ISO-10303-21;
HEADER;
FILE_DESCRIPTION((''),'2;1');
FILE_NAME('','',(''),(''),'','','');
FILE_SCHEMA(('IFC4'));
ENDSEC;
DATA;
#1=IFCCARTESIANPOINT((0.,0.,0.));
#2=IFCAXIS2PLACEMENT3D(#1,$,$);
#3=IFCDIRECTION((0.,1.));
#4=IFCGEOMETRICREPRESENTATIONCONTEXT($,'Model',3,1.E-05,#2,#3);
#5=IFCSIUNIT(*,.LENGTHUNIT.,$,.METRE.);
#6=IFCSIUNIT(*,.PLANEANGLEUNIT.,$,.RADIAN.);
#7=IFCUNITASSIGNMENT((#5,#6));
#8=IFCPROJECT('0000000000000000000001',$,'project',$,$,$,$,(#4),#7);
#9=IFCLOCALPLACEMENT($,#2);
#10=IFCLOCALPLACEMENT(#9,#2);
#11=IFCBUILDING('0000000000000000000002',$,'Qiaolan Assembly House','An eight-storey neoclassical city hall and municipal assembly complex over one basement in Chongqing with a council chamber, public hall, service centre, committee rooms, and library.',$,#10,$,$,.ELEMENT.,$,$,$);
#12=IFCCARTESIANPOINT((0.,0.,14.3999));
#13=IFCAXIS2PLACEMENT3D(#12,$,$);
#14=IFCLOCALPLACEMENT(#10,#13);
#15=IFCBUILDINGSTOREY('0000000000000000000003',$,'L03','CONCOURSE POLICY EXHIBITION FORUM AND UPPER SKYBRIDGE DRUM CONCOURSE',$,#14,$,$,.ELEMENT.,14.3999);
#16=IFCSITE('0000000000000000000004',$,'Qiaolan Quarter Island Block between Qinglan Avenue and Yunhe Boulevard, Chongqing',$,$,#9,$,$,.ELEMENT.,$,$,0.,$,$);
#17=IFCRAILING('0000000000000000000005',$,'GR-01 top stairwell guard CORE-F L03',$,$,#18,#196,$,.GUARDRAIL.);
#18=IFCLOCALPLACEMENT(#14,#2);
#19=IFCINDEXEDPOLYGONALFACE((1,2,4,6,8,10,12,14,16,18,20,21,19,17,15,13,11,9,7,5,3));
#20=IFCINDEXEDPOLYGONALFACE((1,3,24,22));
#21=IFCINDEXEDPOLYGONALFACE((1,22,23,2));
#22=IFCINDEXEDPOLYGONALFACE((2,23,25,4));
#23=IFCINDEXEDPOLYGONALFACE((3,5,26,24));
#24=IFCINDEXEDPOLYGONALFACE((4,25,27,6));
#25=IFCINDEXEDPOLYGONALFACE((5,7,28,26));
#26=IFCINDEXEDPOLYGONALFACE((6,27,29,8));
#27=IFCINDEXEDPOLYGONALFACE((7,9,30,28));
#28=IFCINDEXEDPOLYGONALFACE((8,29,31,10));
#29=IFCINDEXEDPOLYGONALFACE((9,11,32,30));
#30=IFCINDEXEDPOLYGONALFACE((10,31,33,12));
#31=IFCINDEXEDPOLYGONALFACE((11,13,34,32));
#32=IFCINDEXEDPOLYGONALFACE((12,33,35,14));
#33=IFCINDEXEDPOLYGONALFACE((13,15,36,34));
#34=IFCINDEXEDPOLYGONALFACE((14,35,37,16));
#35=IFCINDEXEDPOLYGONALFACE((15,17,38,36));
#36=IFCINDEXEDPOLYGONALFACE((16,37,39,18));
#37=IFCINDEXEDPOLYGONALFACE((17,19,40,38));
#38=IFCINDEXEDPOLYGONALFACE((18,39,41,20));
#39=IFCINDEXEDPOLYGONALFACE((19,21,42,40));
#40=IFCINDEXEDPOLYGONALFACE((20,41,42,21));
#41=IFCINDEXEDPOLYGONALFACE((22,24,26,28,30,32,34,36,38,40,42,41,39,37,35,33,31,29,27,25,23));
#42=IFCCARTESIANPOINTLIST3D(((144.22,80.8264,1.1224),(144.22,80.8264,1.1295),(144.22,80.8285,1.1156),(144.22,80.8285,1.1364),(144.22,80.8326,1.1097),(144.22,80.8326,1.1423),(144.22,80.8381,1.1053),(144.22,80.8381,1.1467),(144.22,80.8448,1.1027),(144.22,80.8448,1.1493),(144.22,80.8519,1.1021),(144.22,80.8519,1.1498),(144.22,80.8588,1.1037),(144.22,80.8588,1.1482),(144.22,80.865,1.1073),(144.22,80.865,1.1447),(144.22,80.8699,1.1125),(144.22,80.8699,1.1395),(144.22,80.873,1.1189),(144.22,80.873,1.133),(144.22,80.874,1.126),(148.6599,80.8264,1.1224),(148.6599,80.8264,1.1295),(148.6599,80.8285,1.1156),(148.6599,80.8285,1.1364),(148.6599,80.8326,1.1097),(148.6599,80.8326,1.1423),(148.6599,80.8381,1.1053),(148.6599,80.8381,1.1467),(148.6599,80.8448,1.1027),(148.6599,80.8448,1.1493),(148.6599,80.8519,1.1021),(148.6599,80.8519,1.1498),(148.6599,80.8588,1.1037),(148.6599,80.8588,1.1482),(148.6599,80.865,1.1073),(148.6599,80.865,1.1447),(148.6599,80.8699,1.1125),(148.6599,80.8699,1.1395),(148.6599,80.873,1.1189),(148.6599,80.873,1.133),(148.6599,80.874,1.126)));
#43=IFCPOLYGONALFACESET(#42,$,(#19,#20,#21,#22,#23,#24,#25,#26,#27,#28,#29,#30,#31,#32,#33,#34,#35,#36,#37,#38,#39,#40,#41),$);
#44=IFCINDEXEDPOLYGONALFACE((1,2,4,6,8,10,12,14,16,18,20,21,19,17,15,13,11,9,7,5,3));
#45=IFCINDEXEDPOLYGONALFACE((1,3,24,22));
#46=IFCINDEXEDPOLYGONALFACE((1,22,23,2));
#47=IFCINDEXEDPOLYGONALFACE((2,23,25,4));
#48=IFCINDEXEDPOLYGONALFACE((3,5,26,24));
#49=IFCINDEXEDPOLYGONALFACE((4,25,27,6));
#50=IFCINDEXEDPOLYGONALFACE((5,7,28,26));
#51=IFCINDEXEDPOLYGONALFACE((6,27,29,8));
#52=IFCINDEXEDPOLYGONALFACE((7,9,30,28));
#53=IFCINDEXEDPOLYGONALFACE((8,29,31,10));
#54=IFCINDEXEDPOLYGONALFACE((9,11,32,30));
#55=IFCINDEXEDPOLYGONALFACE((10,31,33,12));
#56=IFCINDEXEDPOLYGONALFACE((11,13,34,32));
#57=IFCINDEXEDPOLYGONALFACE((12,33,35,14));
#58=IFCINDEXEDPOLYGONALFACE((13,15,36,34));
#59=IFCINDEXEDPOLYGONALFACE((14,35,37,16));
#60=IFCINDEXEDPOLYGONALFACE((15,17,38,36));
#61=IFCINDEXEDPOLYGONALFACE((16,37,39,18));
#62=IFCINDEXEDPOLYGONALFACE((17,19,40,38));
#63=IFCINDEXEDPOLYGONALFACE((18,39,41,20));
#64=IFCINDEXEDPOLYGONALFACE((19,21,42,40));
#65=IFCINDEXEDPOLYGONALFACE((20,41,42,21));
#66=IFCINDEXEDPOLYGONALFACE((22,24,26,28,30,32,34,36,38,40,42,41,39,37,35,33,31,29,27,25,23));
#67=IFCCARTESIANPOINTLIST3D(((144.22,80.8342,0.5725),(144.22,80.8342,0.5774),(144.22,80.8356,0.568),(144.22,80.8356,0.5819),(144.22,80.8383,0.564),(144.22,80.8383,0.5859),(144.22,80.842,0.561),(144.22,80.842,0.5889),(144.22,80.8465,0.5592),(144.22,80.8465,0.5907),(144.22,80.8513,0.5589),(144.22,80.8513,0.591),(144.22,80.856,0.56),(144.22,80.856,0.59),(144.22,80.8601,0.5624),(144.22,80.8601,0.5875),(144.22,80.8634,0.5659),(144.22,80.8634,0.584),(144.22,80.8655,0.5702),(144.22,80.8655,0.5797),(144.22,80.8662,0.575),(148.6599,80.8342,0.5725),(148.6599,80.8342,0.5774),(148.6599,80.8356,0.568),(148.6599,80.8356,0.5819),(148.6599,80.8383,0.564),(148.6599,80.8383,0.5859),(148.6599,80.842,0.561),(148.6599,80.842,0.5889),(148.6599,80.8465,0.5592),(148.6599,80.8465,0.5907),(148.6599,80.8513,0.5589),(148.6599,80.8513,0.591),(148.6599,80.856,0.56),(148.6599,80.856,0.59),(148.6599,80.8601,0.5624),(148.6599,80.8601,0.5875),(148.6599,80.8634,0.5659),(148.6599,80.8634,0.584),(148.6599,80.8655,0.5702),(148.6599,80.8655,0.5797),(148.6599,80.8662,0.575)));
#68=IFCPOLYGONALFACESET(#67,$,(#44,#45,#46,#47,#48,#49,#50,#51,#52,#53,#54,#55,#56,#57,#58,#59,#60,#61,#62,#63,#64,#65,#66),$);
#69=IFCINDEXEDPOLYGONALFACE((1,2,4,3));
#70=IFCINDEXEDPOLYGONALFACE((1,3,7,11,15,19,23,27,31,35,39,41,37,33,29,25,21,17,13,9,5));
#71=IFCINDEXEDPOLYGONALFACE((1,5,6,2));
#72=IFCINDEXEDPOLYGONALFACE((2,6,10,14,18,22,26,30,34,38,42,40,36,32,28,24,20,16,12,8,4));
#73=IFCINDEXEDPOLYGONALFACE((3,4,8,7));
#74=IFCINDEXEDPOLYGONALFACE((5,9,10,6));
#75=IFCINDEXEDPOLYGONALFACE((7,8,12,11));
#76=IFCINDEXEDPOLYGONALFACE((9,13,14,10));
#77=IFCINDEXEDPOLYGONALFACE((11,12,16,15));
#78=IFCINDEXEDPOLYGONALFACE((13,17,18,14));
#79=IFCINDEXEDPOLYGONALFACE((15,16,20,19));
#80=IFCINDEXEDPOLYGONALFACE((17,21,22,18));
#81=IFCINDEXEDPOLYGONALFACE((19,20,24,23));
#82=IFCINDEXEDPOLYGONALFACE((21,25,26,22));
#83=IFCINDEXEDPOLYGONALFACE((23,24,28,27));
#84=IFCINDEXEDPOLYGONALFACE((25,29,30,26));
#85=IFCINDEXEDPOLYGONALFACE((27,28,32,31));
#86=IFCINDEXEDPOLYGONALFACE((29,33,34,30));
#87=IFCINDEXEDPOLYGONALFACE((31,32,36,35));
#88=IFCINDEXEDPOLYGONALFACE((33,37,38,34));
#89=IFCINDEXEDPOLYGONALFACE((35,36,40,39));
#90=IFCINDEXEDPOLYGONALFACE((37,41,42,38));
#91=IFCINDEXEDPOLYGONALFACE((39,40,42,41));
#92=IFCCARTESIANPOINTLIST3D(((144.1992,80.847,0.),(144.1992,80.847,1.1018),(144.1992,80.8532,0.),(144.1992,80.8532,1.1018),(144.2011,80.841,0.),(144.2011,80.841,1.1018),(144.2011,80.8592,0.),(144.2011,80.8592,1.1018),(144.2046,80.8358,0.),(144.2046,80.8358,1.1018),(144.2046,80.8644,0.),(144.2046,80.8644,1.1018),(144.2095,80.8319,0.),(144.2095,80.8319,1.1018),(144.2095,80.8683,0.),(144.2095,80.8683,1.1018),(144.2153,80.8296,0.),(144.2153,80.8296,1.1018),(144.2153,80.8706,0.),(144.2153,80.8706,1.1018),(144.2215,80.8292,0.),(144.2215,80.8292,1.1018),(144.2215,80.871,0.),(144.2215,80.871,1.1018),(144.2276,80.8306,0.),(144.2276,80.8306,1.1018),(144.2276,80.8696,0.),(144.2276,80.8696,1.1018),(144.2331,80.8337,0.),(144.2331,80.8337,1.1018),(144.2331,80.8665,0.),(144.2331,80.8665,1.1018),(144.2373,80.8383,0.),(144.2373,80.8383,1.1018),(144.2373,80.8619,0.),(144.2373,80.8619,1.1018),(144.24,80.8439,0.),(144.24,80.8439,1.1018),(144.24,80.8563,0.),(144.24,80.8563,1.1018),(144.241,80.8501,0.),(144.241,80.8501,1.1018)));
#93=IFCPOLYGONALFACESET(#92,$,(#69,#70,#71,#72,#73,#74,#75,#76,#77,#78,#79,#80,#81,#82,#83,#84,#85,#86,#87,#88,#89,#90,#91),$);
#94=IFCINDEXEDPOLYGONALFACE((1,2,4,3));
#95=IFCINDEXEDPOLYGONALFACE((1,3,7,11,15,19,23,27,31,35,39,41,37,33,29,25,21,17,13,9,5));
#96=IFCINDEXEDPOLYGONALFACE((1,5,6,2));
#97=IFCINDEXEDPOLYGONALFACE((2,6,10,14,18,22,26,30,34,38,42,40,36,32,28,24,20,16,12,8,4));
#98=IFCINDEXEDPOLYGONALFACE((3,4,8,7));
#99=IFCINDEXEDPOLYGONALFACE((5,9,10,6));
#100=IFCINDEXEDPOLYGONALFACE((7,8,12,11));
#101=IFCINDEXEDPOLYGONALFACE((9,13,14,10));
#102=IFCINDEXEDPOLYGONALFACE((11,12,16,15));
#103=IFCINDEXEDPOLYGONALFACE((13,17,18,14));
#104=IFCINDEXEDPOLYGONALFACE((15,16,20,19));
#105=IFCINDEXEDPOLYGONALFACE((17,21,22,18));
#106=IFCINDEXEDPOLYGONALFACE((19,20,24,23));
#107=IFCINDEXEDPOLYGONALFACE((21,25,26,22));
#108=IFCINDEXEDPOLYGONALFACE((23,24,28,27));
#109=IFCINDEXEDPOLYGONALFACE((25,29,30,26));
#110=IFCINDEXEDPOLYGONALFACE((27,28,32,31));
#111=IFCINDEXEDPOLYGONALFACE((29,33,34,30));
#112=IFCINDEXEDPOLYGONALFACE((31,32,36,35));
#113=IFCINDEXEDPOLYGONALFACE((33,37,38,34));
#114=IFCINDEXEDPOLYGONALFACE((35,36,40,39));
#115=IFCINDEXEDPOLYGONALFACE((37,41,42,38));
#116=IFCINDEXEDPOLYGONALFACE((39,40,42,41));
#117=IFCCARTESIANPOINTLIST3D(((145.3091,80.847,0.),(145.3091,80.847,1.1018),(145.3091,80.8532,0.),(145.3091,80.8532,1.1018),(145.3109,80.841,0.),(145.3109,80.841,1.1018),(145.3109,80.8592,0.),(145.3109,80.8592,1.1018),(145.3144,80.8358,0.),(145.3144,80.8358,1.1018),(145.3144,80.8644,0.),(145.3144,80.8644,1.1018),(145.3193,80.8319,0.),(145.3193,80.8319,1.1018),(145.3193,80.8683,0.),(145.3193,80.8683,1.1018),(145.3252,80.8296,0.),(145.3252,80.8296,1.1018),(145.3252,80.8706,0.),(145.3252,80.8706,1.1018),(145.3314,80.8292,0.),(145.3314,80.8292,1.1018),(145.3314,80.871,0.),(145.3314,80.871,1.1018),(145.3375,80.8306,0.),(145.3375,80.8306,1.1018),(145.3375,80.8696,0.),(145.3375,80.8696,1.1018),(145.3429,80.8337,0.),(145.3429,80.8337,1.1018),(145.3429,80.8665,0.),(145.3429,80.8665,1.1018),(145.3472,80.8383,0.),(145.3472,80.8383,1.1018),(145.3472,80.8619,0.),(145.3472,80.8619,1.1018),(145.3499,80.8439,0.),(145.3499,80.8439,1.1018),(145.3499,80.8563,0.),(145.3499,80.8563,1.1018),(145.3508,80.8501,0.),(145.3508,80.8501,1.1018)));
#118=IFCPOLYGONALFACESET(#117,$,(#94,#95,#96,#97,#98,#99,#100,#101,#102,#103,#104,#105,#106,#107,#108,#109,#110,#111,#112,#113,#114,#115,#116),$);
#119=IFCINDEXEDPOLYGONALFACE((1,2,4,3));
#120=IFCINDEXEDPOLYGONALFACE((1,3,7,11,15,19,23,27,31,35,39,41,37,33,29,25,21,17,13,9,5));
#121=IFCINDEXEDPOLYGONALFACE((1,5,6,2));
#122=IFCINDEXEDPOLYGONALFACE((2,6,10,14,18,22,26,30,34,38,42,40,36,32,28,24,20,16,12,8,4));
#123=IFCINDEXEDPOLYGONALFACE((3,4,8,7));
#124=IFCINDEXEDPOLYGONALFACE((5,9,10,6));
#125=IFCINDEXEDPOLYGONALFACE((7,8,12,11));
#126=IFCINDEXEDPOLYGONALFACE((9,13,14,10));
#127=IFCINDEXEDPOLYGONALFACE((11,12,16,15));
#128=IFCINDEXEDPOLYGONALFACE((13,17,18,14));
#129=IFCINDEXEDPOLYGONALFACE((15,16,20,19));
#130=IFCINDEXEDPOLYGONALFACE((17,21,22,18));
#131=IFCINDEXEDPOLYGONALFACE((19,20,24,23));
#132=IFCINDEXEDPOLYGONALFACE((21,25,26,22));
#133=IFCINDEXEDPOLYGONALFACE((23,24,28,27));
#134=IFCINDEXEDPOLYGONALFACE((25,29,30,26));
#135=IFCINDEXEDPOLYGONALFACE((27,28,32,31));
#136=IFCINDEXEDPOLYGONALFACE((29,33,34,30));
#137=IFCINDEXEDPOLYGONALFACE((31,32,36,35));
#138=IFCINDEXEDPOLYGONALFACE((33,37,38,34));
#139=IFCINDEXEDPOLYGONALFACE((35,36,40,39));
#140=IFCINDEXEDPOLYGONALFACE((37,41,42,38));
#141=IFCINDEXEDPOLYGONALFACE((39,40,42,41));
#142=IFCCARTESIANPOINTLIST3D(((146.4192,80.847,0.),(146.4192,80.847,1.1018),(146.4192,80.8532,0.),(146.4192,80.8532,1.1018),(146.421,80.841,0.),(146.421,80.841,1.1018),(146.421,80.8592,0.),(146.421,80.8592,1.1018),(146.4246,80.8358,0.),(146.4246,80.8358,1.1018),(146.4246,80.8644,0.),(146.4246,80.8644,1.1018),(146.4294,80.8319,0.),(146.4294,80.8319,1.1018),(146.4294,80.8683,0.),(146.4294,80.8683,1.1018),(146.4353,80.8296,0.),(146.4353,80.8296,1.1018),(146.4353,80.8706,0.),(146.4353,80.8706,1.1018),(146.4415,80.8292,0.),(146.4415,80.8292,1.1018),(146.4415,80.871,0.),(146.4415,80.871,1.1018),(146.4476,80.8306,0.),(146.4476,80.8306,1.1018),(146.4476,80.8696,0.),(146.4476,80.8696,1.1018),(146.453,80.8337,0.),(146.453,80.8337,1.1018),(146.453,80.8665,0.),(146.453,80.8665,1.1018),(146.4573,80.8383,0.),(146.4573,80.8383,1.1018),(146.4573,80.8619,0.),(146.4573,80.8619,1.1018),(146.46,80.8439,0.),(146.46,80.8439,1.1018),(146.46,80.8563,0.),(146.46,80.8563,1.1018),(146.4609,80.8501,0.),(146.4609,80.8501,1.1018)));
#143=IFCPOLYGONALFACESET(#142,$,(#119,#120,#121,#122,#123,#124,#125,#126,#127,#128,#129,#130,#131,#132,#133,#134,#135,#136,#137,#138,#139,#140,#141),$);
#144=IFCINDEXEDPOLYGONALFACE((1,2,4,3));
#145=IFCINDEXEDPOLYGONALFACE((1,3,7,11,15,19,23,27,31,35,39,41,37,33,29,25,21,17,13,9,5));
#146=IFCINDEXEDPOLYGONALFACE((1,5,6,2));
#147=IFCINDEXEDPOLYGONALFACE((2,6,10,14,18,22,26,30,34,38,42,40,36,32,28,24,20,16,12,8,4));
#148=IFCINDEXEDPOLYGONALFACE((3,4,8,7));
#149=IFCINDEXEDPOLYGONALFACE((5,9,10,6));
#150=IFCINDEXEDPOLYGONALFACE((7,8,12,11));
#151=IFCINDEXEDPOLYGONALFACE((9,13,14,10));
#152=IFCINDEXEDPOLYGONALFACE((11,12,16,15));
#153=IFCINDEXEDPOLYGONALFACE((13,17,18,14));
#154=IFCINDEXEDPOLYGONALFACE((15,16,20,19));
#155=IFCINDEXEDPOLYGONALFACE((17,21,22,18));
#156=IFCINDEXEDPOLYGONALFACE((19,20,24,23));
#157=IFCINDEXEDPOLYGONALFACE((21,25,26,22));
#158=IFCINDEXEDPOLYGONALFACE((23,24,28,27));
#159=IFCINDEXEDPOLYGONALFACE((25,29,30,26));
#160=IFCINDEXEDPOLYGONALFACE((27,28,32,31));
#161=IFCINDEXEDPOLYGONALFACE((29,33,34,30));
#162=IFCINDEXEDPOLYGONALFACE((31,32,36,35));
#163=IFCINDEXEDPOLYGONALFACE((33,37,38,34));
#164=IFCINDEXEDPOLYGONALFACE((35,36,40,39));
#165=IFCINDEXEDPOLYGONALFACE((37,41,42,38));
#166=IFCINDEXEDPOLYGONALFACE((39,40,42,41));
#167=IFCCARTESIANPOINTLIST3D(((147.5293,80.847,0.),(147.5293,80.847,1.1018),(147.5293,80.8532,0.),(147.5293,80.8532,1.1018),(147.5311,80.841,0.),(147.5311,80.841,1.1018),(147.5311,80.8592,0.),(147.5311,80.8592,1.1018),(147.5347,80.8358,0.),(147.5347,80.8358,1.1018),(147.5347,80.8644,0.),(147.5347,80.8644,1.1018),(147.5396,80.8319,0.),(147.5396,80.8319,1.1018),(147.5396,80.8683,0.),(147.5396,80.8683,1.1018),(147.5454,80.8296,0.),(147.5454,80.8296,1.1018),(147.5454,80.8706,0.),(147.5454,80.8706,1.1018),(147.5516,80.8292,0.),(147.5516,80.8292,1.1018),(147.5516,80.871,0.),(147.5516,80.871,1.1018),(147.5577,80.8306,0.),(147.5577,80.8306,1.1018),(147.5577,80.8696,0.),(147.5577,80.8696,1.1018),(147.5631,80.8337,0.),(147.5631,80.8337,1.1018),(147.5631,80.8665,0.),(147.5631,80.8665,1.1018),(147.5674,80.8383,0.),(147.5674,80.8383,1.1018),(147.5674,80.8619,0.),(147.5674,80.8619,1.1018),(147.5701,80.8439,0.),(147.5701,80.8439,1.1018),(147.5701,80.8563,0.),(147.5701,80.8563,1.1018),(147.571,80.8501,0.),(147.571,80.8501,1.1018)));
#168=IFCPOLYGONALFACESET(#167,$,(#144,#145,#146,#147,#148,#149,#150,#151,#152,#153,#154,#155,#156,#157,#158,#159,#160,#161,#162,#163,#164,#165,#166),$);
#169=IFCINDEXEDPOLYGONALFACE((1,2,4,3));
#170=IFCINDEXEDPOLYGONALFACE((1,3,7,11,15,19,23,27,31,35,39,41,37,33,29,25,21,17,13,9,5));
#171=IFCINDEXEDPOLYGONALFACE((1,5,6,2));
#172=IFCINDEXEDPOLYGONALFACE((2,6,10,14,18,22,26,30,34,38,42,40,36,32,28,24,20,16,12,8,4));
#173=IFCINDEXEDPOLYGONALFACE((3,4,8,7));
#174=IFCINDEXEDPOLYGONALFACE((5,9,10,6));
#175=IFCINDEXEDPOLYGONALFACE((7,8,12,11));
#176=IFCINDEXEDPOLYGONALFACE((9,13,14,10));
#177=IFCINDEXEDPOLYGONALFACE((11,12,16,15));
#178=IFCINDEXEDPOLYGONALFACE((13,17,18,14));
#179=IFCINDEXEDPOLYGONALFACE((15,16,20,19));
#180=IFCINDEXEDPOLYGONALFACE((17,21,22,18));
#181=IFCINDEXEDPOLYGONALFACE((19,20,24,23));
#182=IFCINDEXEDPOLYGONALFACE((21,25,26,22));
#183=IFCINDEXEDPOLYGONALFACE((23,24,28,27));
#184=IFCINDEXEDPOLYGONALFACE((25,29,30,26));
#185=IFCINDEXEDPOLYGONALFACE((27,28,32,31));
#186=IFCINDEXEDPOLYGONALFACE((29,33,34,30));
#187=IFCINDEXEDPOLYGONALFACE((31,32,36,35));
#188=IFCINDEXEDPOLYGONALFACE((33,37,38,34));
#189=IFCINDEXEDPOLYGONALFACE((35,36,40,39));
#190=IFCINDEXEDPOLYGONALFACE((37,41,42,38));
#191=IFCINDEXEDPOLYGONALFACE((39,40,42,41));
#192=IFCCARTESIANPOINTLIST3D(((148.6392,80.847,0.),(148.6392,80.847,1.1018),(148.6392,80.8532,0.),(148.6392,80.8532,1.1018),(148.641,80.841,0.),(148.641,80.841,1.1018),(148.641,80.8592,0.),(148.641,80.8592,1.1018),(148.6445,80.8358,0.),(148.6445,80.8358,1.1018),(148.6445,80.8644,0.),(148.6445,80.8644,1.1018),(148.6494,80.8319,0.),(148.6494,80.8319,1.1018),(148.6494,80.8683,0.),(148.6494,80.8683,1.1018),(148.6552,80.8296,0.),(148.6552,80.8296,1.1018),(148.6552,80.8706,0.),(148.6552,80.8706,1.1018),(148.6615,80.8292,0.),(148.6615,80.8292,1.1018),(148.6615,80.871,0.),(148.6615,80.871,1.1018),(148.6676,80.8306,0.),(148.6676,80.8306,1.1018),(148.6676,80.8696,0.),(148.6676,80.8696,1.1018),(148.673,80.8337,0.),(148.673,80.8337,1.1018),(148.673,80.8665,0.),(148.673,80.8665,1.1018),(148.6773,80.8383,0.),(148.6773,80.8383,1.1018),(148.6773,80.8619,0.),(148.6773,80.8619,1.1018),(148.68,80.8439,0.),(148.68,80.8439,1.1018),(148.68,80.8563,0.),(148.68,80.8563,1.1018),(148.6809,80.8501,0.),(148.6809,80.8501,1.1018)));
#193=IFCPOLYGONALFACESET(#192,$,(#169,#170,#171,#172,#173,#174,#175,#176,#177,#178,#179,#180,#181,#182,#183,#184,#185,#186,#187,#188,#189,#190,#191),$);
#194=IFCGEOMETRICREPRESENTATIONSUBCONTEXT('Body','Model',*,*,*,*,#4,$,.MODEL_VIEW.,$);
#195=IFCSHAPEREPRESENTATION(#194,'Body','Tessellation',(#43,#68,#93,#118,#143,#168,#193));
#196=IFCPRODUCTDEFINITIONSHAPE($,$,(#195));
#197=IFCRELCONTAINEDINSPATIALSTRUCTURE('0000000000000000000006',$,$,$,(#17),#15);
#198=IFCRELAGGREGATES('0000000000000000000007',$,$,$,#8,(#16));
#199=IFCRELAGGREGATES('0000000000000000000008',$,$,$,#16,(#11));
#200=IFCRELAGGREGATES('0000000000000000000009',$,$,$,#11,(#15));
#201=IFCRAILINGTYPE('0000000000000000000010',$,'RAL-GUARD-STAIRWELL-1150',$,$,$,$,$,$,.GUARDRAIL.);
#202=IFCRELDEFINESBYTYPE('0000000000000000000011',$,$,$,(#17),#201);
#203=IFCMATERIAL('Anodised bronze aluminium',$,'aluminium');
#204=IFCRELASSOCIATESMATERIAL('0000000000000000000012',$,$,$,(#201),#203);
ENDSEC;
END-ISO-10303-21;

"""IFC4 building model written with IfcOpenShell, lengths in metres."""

from ifc_helpers import new_model, si_unit, direction, frame, origin, origin_2d, place, context, subcontext, project, spatial, circle, extrude, material, type_object, element, save


model = new_model("IFC4")

# Units and contexts
model_context = context("Model", 3, precision=1e-05, world=origin(), true_north=direction((0.0, 1.0)))
body_context = subcontext(model_context, "Body", "Model", "MODEL_VIEW")
ifc_project = project(units=[si_unit("LENGTHUNIT", "METRE"), si_unit("PLANEANGLEUNIT", "RADIAN")], contexts=[model_context])

# Site, building, storey
site_placement = place(None, origin())
site = spatial("IfcSite", under=ifc_project, at=site_placement, Name="Qiaolan Quarter Island Block between Qinglan Avenue and Yunhe Boulevard, Chongqing", CompositionType="ELEMENT", RefElevation=0.0)
building_placement = place(site_placement, origin())
building = spatial("IfcBuilding", under=site, at=building_placement, Name="Qiaolan Assembly House", Description="An eight-storey neoclassical city hall and municipal assembly complex over one basement in Chongqing with a council chamber, public hall, service centre, committee rooms, and library.", CompositionType="ELEMENT")
storey_placement = place(building_placement, frame((0.0, 0.0, 14.3999)))
storey = spatial("IfcBuildingStorey", under=building, at=storey_placement, Name="L03", Description="CONCOURSE POLICY EXHIBITION FORUM AND UPPER SKYBRIDGE DRUM CONCOURSE", CompositionType="ELEMENT", Elevation=14.3999)

# Shared definitions
ifc_material_1 = material(Name="Anodised bronze aluminium", Category="aluminium")

# Railing
railing_type = type_object("IfcRailingType", Name="RAL-GUARD-STAIRWELL-1150", PredefinedType="GUARDRAIL", material=ifc_material_1)
railing_placement = place(storey_placement, frame((144.22, 80.8501, 0.0)))
element("IfcRailing", 1, at=railing_placement, inside=storey, type_object=railing_type, Name="GR-01 top stairwell guard CORE-F L03", PredefinedType="GUARDRAIL", context=body_context, shape_type="SweptSolid", body=[
    extrude(circle(Radius=0.0239, at=origin_2d()), frame((0.0, 0.0, 1.126), z_axis=(1.0, 0.0, 0.0), x_axis=(0.0, 1.0, 0.0)), (0.0, 0.0, 1.0), 4.4399),
    extrude(circle(Radius=0.0161, at=origin_2d()), frame((0.0, 0.0, 0.575), z_axis=(1.0, 0.0, 0.0), x_axis=(0.0, 1.0, 0.0)), (0.0, 0.0, 1.0), 4.4399),
    extrude(circle(Radius=0.021, at=origin_2d()), origin(), (0.0, 0.0, 1.0), 1.1018),
    extrude(circle(Radius=0.021, at=origin_2d()), frame((1.1099, 0.0, 0.0)), (0.0, 0.0, 1.0), 1.1018),
    extrude(circle(Radius=0.021, at=origin_2d()), frame((2.22, 0.0, 0.0)), (0.0, 0.0, 1.0), 1.1018),
    extrude(circle(Radius=0.021, at=origin_2d()), frame((3.3301, 0.0, 0.0)), (0.0, 0.0, 1.0), 1.1018),
    extrude(circle(Radius=0.021, at=origin_2d()), frame((4.4399, 0.0, 0.0)), (0.0, 0.0, 1.0), 1.1018),
])

save(model, "model.ifc")
